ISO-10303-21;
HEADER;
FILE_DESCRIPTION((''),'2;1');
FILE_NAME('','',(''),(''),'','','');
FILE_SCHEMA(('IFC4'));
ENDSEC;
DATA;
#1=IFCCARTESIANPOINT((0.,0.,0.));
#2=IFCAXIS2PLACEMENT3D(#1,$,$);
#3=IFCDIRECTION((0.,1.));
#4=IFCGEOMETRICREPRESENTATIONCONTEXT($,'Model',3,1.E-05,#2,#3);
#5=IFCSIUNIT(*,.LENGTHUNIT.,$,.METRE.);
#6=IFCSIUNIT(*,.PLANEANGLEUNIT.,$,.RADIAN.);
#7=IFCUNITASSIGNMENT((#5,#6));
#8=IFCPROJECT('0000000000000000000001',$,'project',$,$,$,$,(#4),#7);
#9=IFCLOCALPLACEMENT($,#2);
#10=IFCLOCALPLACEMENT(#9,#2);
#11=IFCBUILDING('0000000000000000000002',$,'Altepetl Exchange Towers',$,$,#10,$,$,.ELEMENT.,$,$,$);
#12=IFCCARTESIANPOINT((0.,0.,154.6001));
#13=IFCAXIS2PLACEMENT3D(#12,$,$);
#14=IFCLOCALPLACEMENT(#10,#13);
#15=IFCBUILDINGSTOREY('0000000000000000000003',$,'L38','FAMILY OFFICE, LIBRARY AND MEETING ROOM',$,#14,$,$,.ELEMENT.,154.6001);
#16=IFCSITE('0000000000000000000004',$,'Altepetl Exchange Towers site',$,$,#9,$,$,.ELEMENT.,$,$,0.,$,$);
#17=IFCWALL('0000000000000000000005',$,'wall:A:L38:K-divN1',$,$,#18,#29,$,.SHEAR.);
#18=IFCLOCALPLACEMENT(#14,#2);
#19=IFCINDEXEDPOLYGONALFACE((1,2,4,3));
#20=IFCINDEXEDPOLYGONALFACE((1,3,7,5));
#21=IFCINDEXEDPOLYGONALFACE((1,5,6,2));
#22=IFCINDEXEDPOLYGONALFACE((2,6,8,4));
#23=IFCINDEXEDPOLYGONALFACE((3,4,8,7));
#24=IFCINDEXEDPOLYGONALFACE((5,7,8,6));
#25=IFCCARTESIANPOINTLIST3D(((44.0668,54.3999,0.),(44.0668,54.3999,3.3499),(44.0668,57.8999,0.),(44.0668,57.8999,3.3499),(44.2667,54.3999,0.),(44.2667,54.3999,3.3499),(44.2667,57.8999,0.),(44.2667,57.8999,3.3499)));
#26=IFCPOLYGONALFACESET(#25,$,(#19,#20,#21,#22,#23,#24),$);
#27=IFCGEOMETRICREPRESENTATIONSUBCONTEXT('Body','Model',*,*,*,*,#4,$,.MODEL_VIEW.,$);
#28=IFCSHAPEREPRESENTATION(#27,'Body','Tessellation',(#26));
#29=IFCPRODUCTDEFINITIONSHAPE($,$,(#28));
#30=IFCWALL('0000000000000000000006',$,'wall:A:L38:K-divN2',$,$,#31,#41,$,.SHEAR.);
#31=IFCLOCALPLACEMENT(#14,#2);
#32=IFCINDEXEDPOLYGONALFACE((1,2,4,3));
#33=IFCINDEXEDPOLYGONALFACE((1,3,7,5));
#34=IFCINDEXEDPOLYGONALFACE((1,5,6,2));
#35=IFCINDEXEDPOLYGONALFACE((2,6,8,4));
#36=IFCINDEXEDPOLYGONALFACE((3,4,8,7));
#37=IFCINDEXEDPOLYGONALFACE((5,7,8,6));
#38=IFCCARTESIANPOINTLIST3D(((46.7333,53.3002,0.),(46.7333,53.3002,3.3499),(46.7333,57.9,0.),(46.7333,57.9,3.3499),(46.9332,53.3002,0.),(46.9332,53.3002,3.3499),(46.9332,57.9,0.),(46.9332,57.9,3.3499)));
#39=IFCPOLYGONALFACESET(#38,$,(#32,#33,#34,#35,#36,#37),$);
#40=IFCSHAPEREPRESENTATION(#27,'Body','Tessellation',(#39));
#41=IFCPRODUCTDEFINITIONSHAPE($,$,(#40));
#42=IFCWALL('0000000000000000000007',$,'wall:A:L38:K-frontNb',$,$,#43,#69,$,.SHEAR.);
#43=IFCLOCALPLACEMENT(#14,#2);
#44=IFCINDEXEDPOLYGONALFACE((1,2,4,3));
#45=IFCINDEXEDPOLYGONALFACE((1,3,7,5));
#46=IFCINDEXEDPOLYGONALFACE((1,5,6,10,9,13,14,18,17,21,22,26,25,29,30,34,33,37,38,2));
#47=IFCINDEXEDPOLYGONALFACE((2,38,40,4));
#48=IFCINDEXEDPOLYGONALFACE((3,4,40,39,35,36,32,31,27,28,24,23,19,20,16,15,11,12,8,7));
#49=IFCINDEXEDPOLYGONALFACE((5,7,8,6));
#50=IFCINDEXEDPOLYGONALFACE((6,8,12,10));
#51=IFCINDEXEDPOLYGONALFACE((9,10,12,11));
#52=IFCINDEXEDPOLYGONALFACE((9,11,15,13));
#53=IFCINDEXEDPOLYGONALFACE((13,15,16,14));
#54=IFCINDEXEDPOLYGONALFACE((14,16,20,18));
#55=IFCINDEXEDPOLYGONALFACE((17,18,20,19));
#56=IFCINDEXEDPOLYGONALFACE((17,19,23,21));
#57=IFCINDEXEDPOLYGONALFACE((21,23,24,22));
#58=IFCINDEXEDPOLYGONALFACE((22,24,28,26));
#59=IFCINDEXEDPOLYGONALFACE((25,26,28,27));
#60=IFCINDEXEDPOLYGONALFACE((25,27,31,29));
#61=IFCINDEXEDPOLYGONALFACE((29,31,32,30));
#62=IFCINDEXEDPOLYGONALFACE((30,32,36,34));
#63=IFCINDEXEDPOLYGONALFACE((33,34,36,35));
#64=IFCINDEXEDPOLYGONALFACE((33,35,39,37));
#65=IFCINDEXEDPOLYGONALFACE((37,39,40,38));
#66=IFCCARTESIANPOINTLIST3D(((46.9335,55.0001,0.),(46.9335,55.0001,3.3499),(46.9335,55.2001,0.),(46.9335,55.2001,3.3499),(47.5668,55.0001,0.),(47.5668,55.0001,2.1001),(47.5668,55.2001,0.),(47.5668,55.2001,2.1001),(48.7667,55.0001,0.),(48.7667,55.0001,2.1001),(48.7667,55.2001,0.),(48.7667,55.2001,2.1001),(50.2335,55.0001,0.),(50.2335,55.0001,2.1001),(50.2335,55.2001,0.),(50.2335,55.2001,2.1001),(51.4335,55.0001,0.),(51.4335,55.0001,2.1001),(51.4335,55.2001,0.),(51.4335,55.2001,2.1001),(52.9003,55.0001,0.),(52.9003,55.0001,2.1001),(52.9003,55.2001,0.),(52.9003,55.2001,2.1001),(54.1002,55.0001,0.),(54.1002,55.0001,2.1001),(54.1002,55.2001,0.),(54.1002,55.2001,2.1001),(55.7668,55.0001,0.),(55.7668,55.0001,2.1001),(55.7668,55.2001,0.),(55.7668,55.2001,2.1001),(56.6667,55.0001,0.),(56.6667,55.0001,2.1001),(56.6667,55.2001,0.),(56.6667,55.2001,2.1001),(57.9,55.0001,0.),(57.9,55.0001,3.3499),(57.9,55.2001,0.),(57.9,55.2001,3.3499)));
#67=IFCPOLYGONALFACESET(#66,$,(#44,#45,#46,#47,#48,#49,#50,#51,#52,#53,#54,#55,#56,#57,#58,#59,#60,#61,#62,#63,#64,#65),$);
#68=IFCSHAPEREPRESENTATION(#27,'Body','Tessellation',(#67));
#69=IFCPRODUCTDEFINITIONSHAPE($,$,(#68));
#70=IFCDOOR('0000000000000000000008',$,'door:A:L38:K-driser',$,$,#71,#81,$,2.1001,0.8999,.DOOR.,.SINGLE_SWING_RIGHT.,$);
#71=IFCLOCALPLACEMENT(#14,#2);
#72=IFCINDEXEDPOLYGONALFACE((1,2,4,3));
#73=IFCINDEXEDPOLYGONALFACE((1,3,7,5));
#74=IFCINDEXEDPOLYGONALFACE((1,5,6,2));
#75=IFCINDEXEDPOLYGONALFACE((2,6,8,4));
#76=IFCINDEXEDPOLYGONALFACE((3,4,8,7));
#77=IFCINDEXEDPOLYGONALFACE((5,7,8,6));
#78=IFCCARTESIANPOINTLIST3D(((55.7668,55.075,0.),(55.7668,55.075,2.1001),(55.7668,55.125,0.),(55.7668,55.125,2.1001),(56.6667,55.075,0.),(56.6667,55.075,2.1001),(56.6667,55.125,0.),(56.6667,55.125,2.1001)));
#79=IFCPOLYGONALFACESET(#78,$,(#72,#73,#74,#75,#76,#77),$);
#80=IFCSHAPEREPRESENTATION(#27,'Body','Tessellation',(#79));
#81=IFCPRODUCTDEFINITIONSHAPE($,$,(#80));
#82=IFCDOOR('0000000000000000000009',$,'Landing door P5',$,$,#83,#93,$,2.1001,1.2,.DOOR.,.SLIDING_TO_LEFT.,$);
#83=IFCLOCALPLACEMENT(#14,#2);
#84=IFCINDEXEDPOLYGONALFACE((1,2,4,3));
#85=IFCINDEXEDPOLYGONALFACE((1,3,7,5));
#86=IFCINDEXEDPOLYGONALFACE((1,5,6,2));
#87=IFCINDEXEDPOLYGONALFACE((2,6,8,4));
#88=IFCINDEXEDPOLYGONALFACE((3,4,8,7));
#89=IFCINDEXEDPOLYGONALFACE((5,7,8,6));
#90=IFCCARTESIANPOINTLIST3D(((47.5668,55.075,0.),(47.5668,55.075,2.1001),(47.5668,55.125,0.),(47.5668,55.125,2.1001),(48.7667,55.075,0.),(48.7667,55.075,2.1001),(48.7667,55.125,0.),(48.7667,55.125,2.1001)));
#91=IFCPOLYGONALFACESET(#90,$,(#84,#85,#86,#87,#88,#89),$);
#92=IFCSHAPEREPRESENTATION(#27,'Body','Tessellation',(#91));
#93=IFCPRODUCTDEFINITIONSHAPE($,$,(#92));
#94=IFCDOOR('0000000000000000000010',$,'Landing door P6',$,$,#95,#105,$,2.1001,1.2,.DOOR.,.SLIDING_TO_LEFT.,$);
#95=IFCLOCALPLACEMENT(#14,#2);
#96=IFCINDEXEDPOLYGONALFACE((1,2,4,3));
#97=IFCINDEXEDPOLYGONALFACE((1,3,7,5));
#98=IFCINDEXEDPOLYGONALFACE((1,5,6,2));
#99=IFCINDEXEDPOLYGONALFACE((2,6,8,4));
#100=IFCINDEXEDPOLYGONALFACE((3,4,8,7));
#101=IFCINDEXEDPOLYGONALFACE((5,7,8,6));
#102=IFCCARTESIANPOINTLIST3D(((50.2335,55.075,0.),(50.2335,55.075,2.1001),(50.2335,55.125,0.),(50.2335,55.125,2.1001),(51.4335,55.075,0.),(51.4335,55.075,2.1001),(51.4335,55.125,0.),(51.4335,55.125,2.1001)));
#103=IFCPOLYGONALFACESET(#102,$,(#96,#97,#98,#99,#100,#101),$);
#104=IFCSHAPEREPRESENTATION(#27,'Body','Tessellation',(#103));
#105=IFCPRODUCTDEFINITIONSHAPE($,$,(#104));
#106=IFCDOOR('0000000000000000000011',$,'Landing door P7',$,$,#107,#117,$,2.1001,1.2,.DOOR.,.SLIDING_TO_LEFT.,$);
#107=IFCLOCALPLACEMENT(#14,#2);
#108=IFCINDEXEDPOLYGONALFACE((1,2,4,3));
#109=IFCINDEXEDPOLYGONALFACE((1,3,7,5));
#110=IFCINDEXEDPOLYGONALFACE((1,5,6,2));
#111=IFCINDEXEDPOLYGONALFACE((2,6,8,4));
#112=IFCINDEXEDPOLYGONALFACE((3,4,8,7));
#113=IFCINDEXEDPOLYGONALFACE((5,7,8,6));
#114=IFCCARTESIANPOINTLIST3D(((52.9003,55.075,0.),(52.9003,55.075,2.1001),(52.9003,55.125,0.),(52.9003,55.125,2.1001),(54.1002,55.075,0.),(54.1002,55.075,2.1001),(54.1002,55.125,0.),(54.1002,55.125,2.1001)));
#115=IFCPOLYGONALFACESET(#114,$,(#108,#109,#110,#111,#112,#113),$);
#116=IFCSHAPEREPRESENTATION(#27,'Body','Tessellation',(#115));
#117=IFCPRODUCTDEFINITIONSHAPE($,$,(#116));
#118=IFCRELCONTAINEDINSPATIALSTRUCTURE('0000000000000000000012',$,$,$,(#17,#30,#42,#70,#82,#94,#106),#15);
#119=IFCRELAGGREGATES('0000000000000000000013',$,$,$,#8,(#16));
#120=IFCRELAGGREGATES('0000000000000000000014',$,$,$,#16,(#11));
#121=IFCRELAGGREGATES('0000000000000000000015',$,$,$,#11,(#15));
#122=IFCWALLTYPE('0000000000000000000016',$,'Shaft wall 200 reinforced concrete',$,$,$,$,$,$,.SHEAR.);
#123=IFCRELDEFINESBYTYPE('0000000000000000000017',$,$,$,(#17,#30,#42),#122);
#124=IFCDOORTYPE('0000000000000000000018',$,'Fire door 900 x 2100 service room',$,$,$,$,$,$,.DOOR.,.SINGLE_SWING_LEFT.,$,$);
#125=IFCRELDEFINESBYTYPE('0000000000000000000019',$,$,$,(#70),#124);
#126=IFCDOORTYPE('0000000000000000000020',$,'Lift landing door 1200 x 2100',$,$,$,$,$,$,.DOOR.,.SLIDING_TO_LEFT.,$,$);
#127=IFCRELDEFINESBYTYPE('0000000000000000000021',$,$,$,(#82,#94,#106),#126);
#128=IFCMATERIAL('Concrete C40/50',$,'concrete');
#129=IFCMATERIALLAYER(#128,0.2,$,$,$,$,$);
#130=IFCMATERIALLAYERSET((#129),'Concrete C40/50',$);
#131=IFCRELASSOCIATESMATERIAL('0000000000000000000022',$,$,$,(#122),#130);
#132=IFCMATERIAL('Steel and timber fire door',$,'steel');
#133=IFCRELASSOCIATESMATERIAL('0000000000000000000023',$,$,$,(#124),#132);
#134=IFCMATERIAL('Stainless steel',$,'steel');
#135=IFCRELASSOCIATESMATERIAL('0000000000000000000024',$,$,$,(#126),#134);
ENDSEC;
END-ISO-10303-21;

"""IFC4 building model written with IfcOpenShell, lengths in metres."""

from ifc_helpers import new_model, si_unit, direction, frame, frame_2d, origin, place, context, subcontext, project, spatial, rectangle, extrude, material, layer, layer_set, type_object, element, fill, save


model = new_model("IFC4")

# Units and contexts
model_context = context("Model", 3, precision=1e-05, world=origin(), true_north=direction((0.0, 1.0)))
body_context = subcontext(model_context, "Body", "Model", "MODEL_VIEW")
ifc_project = project(units=[si_unit("LENGTHUNIT", "METRE"), si_unit("PLANEANGLEUNIT", "RADIAN")], contexts=[model_context])

# Site, building, storey
site_placement = place(None, origin())
site = spatial("IfcSite", under=ifc_project, at=site_placement, Name="Altepetl Exchange Towers site", CompositionType="ELEMENT", RefElevation=0.0)
building_placement = place(site_placement, origin())
building = spatial("IfcBuilding", under=site, at=building_placement, Name="Altepetl Exchange Towers", CompositionType="ELEMENT")
storey_placement = place(building_placement, frame((0.0, 0.0, 154.6001)))
storey = spatial("IfcBuildingStorey", under=building, at=storey_placement, Name="L38", Description="FAMILY OFFICE, LIBRARY AND MEETING ROOM", CompositionType="ELEMENT", Elevation=154.6001)

# Shared definitions
ifc_material_1 = material(Name="Steel and timber fire door", Category="steel")

# Walls
ifc_material_2 = material(Name="Concrete C40/50", Category="concrete")
ifc_layer_1 = layer(ifc_material_2, 0.2)
ifc_layer_set_1 = layer_set([ifc_layer_1], Name="Concrete C40/50")
wall_type_1 = type_object("IfcWallType", Name="Shaft wall 200 reinforced concrete", PredefinedType="SHEAR", material=ifc_layer_set_1)
wall_1_placement = place(storey_placement, frame((44.1667, 57.8999, 0.0), z_axis=(0.0, 0.0, 1.0), x_axis=(0.0, -1.0, 0.0)))
element("IfcWall", 1, at=wall_1_placement, inside=storey, type_object=wall_type_1, Name="wall:A:L38:K-divN1", PredefinedType="SHEAR", context=body_context, shape_type="SweptSolid", body=[
    extrude(rectangle(XDim=3.5, YDim=0.2, at=frame_2d((1.75, 0.0))), origin(), (0.0, 0.0, 1.0), 3.3499),
])
wall_2_placement = place(storey_placement, frame((46.8333, 57.8999, 0.0), z_axis=(0.0, 0.0, 1.0), x_axis=(0.0, -1.0, 0.0)))
element("IfcWall", 2, at=wall_2_placement, inside=storey, type_object=wall_type_1, Name="wall:A:L38:K-divN2", PredefinedType="SHEAR", context=body_context, shape_type="SweptSolid", body=[
    extrude(rectangle(XDim=4.5999, YDim=0.2, at=frame_2d((2.2998, 0.0))), origin(), (0.0, 0.0, 1.0), 3.3499),
])

# Wall, openings, doors
wall_3_placement = place(storey_placement, frame((46.9333, 55.1001, 0.0)))
wall_3 = element("IfcWall", 3, at=wall_3_placement, inside=storey, type_object=wall_type_1, Name="wall:A:L38:K-frontNb", PredefinedType="SHEAR", context=body_context, shape_type="SweptSolid", body=[
    extrude(rectangle(XDim=10.9666, YDim=0.2, at=frame_2d((5.4834, 0.0))), origin(), (0.0, 0.0, 1.0), 3.3499),
])
opening_1_placement = place(wall_3_placement, frame((8.8335, 0.0, 0.0)))
opening_1 = element("IfcOpeningElement", 4, at=opening_1_placement, cuts=wall_3, PredefinedType="OPENING", context=body_context, shape_type="SweptSolid", body=[
    extrude(rectangle(XDim=0.8999, YDim=2.1001, at=frame_2d((0.45, 1.05))), frame((0.0, 0.1099, 0.0), z_axis=(0.0, -1.0, 0.0), x_axis=(1.0, 0.0, 0.0)), (0.0, 0.0, 1.0), 0.22),
])
opening_2_placement = place(wall_3_placement, frame((0.6333, 0.0, 0.0)))
opening_2 = element("IfcOpeningElement", 5, at=opening_2_placement, cuts=wall_3, PredefinedType="OPENING", context=body_context, shape_type="SweptSolid", body=[
    extrude(rectangle(XDim=1.2, YDim=2.1001, at=frame_2d((0.6001, 1.05))), frame((0.0, 0.1099, 0.0), z_axis=(0.0, -1.0, 0.0), x_axis=(1.0, 0.0, 0.0)), (0.0, 0.0, 1.0), 0.22),
])
opening_3_placement = place(wall_3_placement, frame((3.3, 0.0, 0.0)))
opening_3 = element("IfcOpeningElement", 6, at=opening_3_placement, cuts=wall_3, PredefinedType="OPENING", context=body_context, shape_type="SweptSolid", body=[
    extrude(rectangle(XDim=1.2, YDim=2.1001, at=frame_2d((0.6001, 1.05))), frame((0.0, 0.1099, 0.0), z_axis=(0.0, -1.0, 0.0), x_axis=(1.0, 0.0, 0.0)), (0.0, 0.0, 1.0), 0.22),
])
opening_4_placement = place(wall_3_placement, frame((5.9668, 0.0, 0.0)))
opening_4 = element("IfcOpeningElement", 7, at=opening_4_placement, cuts=wall_3, PredefinedType="OPENING", context=body_context, shape_type="SweptSolid", body=[
    extrude(rectangle(XDim=1.2, YDim=2.1001, at=frame_2d((0.6001, 1.05))), frame((0.0, 0.1099, 0.0), z_axis=(0.0, -1.0, 0.0), x_axis=(1.0, 0.0, 0.0)), (0.0, 0.0, 1.0), 0.22),
])
door_type_1 = type_object("IfcDoorType", Name="Fire door 900 x 2100 service room", OperationType="SINGLE_SWING_LEFT", PredefinedType="DOOR", material=ifc_material_1)
door_1_placement = place(opening_1_placement, origin())
door_1 = element("IfcDoor", 8, at=door_1_placement, inside=storey, type_object=door_type_1, Name="door:A:L38:K-driser", OperationType="SINGLE_SWING_RIGHT", OverallHeight=2.1001, OverallWidth=0.8999, PredefinedType="DOOR", context=body_context, shape_type="SweptSolid", body=[
    extrude(rectangle(XDim=0.8999, YDim=2.1001, at=frame_2d((0.45, 1.05))), frame((0.0, 0.0249, 0.0), z_axis=(0.0, -1.0, 0.0), x_axis=(1.0, 0.0, 0.0)), (0.0, 0.0, 1.0), 0.05),
])
fill(opening_1, door_1)
ifc_material_3 = material(Name="Stainless steel", Category="steel")
door_type_2 = type_object("IfcDoorType", Name="Lift landing door 1200 x 2100", OperationType="SLIDING_TO_LEFT", PredefinedType="DOOR", material=ifc_material_3)
door_2_placement = place(opening_2_placement, origin())
door_2 = element("IfcDoor", 9, at=door_2_placement, inside=storey, type_object=door_type_2, Name="Landing door P5", OperationType="SLIDING_TO_LEFT", OverallHeight=2.1001, OverallWidth=1.2, PredefinedType="DOOR", context=body_context, shape_type="SweptSolid", body=[
    extrude(rectangle(XDim=1.2, YDim=2.1001, at=frame_2d((0.6001, 1.05))), frame((0.0, 0.0249, 0.0), z_axis=(0.0, -1.0, 0.0), x_axis=(1.0, 0.0, 0.0)), (0.0, 0.0, 1.0), 0.05),
])
fill(opening_2, door_2)
door_3_placement = place(opening_3_placement, origin())
door_3 = element("IfcDoor", 10, at=door_3_placement, inside=storey, type_object=door_type_2, Name="Landing door P6", OperationType="SLIDING_TO_LEFT", OverallHeight=2.1001, OverallWidth=1.2, PredefinedType="DOOR", context=body_context, shape_type="SweptSolid", body=[
    extrude(rectangle(XDim=1.2, YDim=2.1001, at=frame_2d((0.6001, 1.05))), frame((0.0, 0.0249, 0.0), z_axis=(0.0, -1.0, 0.0), x_axis=(1.0, 0.0, 0.0)), (0.0, 0.0, 1.0), 0.05),
])
fill(opening_3, door_3)
door_4_placement = place(opening_4_placement, origin())
door_4 = element("IfcDoor", 11, at=door_4_placement, inside=storey, type_object=door_type_2, Name="Landing door P7", OperationType="SLIDING_TO_LEFT", OverallHeight=2.1001, OverallWidth=1.2, PredefinedType="DOOR", context=body_context, shape_type="SweptSolid", body=[
    extrude(rectangle(XDim=1.2, YDim=2.1001, at=frame_2d((0.6001, 1.05))), frame((0.0, 0.0249, 0.0), z_axis=(0.0, -1.0, 0.0), x_axis=(1.0, 0.0, 0.0)), (0.0, 0.0, 1.0), 0.05),
])
fill(opening_4, door_4)

save(model, "model.ifc")
